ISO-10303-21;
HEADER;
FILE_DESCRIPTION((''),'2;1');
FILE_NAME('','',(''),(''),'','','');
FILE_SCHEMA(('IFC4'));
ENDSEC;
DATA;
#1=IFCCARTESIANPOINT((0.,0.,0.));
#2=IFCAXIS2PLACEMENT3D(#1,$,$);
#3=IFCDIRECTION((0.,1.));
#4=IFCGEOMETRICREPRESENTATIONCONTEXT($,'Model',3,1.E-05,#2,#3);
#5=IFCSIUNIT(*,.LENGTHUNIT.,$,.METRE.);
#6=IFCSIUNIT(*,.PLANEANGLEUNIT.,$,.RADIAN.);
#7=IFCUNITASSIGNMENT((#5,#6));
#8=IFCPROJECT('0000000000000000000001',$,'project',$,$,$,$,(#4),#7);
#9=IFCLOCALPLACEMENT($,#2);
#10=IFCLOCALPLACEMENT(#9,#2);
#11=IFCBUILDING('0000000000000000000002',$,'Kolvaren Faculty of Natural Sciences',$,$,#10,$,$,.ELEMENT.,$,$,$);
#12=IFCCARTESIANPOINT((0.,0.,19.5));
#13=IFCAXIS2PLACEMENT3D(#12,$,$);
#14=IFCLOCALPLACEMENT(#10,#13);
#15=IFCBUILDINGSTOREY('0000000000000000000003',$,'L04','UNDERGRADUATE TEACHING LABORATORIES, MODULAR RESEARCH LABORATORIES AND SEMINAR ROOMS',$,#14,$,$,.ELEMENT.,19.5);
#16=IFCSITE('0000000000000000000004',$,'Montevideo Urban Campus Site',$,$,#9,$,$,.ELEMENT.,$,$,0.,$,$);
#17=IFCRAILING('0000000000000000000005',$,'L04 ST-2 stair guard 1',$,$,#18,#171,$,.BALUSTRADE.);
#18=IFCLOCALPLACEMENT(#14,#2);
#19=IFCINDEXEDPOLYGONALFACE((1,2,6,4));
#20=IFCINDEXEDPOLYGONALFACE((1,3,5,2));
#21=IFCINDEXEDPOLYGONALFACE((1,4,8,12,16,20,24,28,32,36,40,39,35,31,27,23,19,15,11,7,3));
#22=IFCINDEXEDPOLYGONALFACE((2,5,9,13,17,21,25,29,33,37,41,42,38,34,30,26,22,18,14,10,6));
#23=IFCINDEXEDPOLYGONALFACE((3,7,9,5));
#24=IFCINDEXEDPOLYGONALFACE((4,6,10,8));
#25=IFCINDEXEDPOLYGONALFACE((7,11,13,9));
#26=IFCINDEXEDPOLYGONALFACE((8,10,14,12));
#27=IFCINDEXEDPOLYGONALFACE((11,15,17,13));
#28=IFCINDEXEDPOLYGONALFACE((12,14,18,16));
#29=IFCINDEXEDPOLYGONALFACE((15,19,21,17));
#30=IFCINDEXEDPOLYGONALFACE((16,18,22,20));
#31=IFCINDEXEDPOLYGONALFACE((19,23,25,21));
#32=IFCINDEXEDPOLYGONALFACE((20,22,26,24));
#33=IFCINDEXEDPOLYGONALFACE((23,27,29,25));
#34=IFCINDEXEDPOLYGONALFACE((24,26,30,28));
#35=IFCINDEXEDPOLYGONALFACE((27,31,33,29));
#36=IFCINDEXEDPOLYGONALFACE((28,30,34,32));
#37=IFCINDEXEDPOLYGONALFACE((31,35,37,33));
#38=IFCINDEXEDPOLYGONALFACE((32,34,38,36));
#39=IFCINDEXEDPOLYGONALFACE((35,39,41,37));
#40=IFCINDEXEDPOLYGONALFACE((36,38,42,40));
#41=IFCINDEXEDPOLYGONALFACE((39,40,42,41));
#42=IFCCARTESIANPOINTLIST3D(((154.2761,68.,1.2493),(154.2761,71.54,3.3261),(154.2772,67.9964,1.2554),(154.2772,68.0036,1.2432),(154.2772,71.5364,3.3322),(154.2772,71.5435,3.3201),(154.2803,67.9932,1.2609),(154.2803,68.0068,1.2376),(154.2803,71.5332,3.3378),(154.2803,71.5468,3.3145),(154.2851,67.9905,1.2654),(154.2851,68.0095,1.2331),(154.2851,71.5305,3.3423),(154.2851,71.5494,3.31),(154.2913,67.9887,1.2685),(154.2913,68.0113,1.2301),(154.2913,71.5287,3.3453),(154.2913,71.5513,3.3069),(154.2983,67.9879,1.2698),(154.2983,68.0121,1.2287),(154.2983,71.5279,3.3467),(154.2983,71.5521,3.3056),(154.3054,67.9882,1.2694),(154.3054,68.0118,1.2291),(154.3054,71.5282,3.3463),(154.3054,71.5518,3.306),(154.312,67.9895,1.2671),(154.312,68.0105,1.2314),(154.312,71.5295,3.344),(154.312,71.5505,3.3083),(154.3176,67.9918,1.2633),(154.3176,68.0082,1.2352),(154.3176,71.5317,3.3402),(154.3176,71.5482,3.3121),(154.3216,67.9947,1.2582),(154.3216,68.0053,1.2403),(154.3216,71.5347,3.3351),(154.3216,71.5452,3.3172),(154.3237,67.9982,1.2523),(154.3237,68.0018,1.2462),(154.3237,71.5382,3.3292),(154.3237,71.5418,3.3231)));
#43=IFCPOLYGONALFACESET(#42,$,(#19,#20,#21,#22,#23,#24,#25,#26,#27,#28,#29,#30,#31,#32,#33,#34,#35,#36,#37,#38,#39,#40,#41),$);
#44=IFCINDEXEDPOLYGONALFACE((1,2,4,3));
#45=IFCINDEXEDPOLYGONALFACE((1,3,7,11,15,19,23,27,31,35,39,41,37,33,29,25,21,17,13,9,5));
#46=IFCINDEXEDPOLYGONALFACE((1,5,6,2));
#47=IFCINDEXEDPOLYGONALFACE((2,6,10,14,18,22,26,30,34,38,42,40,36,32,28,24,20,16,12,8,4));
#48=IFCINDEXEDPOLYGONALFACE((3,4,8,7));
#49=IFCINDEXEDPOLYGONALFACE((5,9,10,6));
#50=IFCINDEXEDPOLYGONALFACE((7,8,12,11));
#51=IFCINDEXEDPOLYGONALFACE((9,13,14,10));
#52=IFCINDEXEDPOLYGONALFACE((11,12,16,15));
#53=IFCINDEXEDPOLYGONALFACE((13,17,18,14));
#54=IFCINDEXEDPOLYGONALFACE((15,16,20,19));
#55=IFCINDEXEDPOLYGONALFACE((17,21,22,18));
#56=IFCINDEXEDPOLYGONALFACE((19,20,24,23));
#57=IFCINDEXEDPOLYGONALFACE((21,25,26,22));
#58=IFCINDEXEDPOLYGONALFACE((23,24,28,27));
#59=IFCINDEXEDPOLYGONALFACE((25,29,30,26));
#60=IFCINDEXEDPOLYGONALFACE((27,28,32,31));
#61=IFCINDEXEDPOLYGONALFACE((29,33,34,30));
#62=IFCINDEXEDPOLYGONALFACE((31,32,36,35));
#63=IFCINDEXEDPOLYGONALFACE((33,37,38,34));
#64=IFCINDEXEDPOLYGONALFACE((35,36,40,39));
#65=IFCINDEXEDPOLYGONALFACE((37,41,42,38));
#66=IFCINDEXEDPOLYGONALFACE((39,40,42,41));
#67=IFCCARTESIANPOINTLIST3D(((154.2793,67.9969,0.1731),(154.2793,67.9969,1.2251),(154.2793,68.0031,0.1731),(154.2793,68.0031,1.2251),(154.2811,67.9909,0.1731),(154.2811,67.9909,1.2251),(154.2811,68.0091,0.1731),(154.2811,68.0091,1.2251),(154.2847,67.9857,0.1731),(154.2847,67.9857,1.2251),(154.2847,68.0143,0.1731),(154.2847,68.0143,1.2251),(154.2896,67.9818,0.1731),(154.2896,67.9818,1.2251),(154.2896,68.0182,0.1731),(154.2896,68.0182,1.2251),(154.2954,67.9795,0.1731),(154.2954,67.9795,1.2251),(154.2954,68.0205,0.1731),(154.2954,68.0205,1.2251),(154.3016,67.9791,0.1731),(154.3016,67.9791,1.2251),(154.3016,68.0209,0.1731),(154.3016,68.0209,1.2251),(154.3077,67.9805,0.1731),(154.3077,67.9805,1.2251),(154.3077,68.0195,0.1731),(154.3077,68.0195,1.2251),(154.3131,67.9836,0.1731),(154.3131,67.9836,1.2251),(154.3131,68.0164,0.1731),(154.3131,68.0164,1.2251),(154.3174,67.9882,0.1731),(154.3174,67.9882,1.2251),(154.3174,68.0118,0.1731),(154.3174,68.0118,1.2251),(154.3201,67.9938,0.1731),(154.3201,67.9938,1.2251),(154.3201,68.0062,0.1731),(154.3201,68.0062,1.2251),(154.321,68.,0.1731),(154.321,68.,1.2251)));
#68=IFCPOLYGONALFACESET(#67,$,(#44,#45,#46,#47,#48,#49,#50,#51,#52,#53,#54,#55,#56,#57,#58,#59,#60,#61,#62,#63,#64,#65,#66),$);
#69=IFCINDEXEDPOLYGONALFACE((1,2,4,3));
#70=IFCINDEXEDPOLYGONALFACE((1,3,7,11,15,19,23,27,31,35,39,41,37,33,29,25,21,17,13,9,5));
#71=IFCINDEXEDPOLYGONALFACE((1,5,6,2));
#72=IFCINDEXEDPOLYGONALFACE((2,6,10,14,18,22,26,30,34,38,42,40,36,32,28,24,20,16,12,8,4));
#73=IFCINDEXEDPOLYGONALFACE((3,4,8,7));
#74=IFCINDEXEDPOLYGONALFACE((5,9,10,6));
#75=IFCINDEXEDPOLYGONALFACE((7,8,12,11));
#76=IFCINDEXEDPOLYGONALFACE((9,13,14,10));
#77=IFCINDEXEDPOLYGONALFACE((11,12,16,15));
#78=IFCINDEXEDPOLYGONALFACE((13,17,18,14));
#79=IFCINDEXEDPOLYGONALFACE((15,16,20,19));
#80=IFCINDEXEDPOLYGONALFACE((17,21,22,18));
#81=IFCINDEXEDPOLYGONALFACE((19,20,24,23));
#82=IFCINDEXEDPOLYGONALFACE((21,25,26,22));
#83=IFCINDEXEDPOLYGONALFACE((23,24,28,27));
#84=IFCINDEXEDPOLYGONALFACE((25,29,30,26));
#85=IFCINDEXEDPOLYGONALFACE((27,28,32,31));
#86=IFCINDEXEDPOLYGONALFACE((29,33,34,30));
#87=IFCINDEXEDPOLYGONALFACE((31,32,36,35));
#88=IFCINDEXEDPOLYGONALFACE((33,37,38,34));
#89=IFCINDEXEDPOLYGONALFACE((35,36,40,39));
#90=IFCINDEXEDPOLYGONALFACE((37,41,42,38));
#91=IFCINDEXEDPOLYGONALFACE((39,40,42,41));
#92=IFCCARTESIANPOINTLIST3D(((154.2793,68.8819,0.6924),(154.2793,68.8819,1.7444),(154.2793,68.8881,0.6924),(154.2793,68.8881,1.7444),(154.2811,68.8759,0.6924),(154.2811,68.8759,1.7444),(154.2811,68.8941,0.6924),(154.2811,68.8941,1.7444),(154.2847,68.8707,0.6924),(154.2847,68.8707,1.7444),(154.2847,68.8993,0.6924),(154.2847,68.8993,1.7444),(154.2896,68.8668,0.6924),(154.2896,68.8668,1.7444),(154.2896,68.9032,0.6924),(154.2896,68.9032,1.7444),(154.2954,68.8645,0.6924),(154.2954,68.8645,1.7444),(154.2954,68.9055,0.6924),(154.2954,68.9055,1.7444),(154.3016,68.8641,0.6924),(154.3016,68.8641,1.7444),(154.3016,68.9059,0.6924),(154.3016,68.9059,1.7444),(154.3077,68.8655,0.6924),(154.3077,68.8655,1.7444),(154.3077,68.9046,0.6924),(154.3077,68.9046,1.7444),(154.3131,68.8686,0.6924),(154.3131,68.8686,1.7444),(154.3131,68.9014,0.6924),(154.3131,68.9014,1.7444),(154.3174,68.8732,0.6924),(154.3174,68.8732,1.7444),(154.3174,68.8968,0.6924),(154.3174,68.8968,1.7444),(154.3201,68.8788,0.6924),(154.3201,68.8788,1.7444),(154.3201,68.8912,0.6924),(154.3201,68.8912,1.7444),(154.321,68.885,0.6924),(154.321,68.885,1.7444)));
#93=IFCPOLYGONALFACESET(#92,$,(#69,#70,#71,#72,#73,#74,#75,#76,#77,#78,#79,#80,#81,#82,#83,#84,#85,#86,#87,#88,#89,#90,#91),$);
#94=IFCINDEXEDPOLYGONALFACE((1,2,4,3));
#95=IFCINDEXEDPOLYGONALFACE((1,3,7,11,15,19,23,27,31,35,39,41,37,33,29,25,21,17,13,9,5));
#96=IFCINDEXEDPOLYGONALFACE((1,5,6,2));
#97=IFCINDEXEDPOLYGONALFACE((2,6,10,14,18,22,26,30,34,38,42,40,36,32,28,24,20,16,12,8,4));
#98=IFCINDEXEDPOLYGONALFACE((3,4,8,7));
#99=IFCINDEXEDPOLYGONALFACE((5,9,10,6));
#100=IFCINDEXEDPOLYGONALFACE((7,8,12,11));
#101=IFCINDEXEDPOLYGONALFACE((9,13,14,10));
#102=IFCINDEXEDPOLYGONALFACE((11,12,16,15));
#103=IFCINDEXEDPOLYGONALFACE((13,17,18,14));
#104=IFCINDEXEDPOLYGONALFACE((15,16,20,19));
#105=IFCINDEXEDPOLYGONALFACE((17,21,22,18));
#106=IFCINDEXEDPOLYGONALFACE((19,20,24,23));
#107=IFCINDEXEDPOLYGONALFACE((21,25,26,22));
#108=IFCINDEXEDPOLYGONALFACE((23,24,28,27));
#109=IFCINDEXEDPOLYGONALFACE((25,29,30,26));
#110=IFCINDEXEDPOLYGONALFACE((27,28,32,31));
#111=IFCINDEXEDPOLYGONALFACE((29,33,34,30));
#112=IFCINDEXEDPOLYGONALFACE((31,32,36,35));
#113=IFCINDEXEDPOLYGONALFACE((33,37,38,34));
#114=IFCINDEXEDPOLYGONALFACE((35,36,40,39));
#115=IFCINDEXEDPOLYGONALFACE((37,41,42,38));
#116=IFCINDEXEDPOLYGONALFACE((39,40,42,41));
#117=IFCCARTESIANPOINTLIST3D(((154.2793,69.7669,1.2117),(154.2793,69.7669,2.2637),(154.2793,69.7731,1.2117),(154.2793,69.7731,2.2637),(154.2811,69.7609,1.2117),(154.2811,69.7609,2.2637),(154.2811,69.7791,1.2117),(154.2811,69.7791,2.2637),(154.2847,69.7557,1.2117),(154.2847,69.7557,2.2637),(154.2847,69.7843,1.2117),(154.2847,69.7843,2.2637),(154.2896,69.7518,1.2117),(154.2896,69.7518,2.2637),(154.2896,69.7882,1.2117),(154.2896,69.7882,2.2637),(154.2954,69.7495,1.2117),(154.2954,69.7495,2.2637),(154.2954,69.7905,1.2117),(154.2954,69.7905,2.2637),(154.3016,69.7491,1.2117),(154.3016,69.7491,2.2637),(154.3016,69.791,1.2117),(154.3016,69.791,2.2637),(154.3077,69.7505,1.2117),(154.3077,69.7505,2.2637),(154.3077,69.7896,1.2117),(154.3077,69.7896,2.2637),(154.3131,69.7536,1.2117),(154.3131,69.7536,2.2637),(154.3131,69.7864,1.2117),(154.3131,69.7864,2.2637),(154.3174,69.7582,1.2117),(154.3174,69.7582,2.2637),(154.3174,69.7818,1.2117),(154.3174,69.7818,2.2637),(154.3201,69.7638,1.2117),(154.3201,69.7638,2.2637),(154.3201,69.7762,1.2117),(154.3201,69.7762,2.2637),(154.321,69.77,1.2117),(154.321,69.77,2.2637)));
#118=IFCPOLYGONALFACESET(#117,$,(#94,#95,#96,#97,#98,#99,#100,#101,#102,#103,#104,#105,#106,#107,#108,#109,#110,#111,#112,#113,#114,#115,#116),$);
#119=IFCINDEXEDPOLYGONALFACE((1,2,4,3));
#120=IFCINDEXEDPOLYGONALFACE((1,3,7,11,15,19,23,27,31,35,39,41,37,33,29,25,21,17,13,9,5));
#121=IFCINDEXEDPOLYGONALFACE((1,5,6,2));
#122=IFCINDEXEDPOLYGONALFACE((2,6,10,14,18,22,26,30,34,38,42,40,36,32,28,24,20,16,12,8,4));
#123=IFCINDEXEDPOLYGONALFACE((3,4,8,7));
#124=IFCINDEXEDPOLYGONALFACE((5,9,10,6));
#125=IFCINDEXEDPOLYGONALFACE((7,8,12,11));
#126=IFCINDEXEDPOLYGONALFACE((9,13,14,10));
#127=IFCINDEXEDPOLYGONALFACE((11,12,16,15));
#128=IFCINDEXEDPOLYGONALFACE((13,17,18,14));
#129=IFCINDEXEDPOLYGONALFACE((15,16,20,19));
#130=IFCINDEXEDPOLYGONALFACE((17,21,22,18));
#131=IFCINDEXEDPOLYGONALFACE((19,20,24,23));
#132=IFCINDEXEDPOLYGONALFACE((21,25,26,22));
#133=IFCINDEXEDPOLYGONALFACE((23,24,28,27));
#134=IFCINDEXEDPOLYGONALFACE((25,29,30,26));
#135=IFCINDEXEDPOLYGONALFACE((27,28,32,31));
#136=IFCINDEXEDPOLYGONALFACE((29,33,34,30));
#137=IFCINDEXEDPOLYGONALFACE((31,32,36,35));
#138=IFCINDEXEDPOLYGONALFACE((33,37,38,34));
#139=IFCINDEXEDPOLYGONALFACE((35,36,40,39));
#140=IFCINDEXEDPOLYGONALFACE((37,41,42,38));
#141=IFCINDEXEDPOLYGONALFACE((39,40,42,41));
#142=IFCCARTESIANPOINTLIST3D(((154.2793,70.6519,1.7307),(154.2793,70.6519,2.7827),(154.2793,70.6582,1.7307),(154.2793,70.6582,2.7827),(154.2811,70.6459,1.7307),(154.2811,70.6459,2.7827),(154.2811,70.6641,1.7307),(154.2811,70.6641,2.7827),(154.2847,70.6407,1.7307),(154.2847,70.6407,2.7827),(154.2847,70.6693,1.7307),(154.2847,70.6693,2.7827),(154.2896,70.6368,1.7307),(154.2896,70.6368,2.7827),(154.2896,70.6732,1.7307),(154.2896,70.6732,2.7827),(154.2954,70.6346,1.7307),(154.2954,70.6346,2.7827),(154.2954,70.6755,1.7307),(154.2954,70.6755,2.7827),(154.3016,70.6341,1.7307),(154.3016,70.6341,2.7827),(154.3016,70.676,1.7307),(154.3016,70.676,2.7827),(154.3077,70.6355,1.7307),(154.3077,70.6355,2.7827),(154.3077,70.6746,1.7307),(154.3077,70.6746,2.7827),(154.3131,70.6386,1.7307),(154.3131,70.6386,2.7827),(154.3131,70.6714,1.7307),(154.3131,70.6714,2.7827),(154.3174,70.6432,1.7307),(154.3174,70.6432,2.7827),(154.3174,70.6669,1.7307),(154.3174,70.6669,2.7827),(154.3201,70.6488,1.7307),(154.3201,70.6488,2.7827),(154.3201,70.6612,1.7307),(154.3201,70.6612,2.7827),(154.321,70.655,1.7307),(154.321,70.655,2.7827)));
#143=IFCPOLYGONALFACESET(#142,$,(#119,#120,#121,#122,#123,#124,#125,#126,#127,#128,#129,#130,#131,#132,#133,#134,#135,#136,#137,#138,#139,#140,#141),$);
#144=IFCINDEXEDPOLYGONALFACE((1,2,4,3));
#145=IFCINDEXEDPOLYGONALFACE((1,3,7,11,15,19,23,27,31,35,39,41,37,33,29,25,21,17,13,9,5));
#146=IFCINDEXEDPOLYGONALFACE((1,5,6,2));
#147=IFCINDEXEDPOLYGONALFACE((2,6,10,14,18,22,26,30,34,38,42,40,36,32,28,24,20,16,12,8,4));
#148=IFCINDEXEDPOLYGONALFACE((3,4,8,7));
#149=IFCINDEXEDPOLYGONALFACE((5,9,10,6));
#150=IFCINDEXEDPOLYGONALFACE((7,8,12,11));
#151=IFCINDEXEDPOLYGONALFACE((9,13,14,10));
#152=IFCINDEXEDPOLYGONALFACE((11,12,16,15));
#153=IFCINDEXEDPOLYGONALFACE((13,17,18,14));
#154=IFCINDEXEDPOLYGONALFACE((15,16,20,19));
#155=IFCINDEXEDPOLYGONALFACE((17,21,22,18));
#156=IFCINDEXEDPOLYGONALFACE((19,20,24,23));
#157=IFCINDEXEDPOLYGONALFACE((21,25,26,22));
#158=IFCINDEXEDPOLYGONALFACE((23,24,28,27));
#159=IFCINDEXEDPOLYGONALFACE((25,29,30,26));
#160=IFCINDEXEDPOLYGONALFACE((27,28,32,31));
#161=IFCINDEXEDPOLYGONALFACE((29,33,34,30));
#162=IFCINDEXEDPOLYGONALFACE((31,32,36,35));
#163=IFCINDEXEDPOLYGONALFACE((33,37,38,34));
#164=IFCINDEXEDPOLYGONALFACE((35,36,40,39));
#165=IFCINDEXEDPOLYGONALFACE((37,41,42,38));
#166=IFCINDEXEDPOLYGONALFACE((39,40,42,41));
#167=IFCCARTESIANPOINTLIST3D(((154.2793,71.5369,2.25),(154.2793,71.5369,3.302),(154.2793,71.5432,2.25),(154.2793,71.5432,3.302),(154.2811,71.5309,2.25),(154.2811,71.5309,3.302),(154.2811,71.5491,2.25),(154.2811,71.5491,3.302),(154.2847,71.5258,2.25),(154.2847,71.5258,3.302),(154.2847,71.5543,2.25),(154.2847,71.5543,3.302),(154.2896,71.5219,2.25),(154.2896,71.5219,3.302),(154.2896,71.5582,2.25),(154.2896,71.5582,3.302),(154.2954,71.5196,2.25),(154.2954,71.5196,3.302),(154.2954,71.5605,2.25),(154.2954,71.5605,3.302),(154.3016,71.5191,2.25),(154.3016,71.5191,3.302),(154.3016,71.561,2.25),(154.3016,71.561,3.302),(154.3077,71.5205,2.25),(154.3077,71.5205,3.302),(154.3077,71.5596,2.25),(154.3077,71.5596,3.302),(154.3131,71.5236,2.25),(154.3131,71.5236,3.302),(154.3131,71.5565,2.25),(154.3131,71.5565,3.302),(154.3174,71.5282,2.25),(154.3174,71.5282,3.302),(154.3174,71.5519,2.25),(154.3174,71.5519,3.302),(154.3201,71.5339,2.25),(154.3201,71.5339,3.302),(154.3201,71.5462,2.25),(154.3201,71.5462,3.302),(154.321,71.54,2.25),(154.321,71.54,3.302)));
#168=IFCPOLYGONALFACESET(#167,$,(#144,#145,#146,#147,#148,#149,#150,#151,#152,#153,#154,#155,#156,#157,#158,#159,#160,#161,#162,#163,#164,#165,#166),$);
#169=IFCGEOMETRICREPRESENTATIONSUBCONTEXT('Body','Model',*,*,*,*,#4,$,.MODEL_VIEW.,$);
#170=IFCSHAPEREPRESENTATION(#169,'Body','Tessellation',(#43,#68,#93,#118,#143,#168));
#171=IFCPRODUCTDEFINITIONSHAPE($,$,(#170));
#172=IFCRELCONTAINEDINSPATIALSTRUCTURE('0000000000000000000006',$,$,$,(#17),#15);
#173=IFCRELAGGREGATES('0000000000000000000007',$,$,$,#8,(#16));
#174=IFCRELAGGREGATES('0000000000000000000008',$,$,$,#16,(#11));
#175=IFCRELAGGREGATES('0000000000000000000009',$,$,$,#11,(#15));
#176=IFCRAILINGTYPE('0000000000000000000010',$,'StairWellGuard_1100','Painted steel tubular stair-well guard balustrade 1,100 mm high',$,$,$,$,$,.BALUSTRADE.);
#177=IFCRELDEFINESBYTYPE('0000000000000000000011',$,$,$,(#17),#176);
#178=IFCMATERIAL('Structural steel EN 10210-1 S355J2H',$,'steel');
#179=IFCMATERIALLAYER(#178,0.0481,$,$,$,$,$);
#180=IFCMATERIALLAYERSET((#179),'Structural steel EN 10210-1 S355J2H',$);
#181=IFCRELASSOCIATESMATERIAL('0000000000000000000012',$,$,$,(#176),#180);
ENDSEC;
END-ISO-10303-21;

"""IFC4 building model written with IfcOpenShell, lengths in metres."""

from ifc_helpers import new_model, si_unit, direction, frame, origin, origin_2d, place, context, subcontext, project, spatial, circle, extrude, material, layer, layer_set, type_object, element, save


model = new_model("IFC4")

# Units and contexts
model_context = context("Model", 3, precision=1e-05, world=origin(), true_north=direction((0.0, 1.0)))
body_context = subcontext(model_context, "Body", "Model", "MODEL_VIEW")
ifc_project = project(units=[si_unit("LENGTHUNIT", "METRE"), si_unit("PLANEANGLEUNIT", "RADIAN")], contexts=[model_context])

# Site, building, storey
site_placement = place(None, origin())
site = spatial("IfcSite", under=ifc_project, at=site_placement, Name="Montevideo Urban Campus Site", CompositionType="ELEMENT", RefElevation=0.0)
building_placement = place(site_placement, origin())
building = spatial("IfcBuilding", under=site, at=building_placement, Name="Kolvaren Faculty of Natural Sciences", CompositionType="ELEMENT")
storey_placement = place(building_placement, frame((0.0, 0.0, 19.5)))
storey = spatial("IfcBuildingStorey", under=building, at=storey_placement, Name="L04", Description="UNDERGRADUATE TEACHING LABORATORIES, MODULAR RESEARCH LABORATORIES AND SEMINAR ROOMS", CompositionType="ELEMENT", Elevation=19.5)

# Railing
ifc_material_1 = material(Name="Structural steel EN 10210-1 S355J2H", Category="steel")
ifc_layer_1 = layer(ifc_material_1, 0.0481)
ifc_layer_set_1 = layer_set([ifc_layer_1], Name="Structural steel EN 10210-1 S355J2H")
railing_type_1 = type_object("IfcRailingType", Name="StairWellGuard_1100", Description="Painted steel tubular stair-well guard balustrade 1,100 mm high", PredefinedType="BALUSTRADE", material=ifc_layer_set_1)
railing_1_placement = place(storey_placement, frame((154.3, 68.0, 0.1731)))
element("IfcRailing", 1, at=railing_1_placement, inside=storey, type_object=railing_type_1, Name="L04 ST-2 stair guard 1", PredefinedType="BALUSTRADE", context=body_context, shape_type="SweptSolid", body=[
    extrude(circle(Radius=0.0239, at=origin_2d()), frame((0.0, 0.0, 1.0762), z_axis=(0.0, 0.862516, 0.506029), x_axis=(-1.0, 0.0, 0.0)), (0.0, 0.0, 1.0), 4.1042),
    extrude(circle(Radius=0.021, at=origin_2d()), origin(), (0.0, 0.0, 1.0), 1.052),
    extrude(circle(Radius=0.021, at=origin_2d()), frame((0.0, 0.885, 0.5193)), (0.0, 0.0, 1.0), 1.052),
    extrude(circle(Radius=0.021, at=origin_2d()), frame((0.0, 1.77, 1.0386)), (0.0, 0.0, 1.0), 1.052),
    extrude(circle(Radius=0.021, at=origin_2d()), frame((0.0, 2.655, 1.5576)), (0.0, 0.0, 1.0), 1.052),
    extrude(circle(Radius=0.021, at=origin_2d()), frame((0.0, 3.54, 2.0769)), (0.0, 0.0, 1.0), 1.052),
])

save(model, "model.ifc")
